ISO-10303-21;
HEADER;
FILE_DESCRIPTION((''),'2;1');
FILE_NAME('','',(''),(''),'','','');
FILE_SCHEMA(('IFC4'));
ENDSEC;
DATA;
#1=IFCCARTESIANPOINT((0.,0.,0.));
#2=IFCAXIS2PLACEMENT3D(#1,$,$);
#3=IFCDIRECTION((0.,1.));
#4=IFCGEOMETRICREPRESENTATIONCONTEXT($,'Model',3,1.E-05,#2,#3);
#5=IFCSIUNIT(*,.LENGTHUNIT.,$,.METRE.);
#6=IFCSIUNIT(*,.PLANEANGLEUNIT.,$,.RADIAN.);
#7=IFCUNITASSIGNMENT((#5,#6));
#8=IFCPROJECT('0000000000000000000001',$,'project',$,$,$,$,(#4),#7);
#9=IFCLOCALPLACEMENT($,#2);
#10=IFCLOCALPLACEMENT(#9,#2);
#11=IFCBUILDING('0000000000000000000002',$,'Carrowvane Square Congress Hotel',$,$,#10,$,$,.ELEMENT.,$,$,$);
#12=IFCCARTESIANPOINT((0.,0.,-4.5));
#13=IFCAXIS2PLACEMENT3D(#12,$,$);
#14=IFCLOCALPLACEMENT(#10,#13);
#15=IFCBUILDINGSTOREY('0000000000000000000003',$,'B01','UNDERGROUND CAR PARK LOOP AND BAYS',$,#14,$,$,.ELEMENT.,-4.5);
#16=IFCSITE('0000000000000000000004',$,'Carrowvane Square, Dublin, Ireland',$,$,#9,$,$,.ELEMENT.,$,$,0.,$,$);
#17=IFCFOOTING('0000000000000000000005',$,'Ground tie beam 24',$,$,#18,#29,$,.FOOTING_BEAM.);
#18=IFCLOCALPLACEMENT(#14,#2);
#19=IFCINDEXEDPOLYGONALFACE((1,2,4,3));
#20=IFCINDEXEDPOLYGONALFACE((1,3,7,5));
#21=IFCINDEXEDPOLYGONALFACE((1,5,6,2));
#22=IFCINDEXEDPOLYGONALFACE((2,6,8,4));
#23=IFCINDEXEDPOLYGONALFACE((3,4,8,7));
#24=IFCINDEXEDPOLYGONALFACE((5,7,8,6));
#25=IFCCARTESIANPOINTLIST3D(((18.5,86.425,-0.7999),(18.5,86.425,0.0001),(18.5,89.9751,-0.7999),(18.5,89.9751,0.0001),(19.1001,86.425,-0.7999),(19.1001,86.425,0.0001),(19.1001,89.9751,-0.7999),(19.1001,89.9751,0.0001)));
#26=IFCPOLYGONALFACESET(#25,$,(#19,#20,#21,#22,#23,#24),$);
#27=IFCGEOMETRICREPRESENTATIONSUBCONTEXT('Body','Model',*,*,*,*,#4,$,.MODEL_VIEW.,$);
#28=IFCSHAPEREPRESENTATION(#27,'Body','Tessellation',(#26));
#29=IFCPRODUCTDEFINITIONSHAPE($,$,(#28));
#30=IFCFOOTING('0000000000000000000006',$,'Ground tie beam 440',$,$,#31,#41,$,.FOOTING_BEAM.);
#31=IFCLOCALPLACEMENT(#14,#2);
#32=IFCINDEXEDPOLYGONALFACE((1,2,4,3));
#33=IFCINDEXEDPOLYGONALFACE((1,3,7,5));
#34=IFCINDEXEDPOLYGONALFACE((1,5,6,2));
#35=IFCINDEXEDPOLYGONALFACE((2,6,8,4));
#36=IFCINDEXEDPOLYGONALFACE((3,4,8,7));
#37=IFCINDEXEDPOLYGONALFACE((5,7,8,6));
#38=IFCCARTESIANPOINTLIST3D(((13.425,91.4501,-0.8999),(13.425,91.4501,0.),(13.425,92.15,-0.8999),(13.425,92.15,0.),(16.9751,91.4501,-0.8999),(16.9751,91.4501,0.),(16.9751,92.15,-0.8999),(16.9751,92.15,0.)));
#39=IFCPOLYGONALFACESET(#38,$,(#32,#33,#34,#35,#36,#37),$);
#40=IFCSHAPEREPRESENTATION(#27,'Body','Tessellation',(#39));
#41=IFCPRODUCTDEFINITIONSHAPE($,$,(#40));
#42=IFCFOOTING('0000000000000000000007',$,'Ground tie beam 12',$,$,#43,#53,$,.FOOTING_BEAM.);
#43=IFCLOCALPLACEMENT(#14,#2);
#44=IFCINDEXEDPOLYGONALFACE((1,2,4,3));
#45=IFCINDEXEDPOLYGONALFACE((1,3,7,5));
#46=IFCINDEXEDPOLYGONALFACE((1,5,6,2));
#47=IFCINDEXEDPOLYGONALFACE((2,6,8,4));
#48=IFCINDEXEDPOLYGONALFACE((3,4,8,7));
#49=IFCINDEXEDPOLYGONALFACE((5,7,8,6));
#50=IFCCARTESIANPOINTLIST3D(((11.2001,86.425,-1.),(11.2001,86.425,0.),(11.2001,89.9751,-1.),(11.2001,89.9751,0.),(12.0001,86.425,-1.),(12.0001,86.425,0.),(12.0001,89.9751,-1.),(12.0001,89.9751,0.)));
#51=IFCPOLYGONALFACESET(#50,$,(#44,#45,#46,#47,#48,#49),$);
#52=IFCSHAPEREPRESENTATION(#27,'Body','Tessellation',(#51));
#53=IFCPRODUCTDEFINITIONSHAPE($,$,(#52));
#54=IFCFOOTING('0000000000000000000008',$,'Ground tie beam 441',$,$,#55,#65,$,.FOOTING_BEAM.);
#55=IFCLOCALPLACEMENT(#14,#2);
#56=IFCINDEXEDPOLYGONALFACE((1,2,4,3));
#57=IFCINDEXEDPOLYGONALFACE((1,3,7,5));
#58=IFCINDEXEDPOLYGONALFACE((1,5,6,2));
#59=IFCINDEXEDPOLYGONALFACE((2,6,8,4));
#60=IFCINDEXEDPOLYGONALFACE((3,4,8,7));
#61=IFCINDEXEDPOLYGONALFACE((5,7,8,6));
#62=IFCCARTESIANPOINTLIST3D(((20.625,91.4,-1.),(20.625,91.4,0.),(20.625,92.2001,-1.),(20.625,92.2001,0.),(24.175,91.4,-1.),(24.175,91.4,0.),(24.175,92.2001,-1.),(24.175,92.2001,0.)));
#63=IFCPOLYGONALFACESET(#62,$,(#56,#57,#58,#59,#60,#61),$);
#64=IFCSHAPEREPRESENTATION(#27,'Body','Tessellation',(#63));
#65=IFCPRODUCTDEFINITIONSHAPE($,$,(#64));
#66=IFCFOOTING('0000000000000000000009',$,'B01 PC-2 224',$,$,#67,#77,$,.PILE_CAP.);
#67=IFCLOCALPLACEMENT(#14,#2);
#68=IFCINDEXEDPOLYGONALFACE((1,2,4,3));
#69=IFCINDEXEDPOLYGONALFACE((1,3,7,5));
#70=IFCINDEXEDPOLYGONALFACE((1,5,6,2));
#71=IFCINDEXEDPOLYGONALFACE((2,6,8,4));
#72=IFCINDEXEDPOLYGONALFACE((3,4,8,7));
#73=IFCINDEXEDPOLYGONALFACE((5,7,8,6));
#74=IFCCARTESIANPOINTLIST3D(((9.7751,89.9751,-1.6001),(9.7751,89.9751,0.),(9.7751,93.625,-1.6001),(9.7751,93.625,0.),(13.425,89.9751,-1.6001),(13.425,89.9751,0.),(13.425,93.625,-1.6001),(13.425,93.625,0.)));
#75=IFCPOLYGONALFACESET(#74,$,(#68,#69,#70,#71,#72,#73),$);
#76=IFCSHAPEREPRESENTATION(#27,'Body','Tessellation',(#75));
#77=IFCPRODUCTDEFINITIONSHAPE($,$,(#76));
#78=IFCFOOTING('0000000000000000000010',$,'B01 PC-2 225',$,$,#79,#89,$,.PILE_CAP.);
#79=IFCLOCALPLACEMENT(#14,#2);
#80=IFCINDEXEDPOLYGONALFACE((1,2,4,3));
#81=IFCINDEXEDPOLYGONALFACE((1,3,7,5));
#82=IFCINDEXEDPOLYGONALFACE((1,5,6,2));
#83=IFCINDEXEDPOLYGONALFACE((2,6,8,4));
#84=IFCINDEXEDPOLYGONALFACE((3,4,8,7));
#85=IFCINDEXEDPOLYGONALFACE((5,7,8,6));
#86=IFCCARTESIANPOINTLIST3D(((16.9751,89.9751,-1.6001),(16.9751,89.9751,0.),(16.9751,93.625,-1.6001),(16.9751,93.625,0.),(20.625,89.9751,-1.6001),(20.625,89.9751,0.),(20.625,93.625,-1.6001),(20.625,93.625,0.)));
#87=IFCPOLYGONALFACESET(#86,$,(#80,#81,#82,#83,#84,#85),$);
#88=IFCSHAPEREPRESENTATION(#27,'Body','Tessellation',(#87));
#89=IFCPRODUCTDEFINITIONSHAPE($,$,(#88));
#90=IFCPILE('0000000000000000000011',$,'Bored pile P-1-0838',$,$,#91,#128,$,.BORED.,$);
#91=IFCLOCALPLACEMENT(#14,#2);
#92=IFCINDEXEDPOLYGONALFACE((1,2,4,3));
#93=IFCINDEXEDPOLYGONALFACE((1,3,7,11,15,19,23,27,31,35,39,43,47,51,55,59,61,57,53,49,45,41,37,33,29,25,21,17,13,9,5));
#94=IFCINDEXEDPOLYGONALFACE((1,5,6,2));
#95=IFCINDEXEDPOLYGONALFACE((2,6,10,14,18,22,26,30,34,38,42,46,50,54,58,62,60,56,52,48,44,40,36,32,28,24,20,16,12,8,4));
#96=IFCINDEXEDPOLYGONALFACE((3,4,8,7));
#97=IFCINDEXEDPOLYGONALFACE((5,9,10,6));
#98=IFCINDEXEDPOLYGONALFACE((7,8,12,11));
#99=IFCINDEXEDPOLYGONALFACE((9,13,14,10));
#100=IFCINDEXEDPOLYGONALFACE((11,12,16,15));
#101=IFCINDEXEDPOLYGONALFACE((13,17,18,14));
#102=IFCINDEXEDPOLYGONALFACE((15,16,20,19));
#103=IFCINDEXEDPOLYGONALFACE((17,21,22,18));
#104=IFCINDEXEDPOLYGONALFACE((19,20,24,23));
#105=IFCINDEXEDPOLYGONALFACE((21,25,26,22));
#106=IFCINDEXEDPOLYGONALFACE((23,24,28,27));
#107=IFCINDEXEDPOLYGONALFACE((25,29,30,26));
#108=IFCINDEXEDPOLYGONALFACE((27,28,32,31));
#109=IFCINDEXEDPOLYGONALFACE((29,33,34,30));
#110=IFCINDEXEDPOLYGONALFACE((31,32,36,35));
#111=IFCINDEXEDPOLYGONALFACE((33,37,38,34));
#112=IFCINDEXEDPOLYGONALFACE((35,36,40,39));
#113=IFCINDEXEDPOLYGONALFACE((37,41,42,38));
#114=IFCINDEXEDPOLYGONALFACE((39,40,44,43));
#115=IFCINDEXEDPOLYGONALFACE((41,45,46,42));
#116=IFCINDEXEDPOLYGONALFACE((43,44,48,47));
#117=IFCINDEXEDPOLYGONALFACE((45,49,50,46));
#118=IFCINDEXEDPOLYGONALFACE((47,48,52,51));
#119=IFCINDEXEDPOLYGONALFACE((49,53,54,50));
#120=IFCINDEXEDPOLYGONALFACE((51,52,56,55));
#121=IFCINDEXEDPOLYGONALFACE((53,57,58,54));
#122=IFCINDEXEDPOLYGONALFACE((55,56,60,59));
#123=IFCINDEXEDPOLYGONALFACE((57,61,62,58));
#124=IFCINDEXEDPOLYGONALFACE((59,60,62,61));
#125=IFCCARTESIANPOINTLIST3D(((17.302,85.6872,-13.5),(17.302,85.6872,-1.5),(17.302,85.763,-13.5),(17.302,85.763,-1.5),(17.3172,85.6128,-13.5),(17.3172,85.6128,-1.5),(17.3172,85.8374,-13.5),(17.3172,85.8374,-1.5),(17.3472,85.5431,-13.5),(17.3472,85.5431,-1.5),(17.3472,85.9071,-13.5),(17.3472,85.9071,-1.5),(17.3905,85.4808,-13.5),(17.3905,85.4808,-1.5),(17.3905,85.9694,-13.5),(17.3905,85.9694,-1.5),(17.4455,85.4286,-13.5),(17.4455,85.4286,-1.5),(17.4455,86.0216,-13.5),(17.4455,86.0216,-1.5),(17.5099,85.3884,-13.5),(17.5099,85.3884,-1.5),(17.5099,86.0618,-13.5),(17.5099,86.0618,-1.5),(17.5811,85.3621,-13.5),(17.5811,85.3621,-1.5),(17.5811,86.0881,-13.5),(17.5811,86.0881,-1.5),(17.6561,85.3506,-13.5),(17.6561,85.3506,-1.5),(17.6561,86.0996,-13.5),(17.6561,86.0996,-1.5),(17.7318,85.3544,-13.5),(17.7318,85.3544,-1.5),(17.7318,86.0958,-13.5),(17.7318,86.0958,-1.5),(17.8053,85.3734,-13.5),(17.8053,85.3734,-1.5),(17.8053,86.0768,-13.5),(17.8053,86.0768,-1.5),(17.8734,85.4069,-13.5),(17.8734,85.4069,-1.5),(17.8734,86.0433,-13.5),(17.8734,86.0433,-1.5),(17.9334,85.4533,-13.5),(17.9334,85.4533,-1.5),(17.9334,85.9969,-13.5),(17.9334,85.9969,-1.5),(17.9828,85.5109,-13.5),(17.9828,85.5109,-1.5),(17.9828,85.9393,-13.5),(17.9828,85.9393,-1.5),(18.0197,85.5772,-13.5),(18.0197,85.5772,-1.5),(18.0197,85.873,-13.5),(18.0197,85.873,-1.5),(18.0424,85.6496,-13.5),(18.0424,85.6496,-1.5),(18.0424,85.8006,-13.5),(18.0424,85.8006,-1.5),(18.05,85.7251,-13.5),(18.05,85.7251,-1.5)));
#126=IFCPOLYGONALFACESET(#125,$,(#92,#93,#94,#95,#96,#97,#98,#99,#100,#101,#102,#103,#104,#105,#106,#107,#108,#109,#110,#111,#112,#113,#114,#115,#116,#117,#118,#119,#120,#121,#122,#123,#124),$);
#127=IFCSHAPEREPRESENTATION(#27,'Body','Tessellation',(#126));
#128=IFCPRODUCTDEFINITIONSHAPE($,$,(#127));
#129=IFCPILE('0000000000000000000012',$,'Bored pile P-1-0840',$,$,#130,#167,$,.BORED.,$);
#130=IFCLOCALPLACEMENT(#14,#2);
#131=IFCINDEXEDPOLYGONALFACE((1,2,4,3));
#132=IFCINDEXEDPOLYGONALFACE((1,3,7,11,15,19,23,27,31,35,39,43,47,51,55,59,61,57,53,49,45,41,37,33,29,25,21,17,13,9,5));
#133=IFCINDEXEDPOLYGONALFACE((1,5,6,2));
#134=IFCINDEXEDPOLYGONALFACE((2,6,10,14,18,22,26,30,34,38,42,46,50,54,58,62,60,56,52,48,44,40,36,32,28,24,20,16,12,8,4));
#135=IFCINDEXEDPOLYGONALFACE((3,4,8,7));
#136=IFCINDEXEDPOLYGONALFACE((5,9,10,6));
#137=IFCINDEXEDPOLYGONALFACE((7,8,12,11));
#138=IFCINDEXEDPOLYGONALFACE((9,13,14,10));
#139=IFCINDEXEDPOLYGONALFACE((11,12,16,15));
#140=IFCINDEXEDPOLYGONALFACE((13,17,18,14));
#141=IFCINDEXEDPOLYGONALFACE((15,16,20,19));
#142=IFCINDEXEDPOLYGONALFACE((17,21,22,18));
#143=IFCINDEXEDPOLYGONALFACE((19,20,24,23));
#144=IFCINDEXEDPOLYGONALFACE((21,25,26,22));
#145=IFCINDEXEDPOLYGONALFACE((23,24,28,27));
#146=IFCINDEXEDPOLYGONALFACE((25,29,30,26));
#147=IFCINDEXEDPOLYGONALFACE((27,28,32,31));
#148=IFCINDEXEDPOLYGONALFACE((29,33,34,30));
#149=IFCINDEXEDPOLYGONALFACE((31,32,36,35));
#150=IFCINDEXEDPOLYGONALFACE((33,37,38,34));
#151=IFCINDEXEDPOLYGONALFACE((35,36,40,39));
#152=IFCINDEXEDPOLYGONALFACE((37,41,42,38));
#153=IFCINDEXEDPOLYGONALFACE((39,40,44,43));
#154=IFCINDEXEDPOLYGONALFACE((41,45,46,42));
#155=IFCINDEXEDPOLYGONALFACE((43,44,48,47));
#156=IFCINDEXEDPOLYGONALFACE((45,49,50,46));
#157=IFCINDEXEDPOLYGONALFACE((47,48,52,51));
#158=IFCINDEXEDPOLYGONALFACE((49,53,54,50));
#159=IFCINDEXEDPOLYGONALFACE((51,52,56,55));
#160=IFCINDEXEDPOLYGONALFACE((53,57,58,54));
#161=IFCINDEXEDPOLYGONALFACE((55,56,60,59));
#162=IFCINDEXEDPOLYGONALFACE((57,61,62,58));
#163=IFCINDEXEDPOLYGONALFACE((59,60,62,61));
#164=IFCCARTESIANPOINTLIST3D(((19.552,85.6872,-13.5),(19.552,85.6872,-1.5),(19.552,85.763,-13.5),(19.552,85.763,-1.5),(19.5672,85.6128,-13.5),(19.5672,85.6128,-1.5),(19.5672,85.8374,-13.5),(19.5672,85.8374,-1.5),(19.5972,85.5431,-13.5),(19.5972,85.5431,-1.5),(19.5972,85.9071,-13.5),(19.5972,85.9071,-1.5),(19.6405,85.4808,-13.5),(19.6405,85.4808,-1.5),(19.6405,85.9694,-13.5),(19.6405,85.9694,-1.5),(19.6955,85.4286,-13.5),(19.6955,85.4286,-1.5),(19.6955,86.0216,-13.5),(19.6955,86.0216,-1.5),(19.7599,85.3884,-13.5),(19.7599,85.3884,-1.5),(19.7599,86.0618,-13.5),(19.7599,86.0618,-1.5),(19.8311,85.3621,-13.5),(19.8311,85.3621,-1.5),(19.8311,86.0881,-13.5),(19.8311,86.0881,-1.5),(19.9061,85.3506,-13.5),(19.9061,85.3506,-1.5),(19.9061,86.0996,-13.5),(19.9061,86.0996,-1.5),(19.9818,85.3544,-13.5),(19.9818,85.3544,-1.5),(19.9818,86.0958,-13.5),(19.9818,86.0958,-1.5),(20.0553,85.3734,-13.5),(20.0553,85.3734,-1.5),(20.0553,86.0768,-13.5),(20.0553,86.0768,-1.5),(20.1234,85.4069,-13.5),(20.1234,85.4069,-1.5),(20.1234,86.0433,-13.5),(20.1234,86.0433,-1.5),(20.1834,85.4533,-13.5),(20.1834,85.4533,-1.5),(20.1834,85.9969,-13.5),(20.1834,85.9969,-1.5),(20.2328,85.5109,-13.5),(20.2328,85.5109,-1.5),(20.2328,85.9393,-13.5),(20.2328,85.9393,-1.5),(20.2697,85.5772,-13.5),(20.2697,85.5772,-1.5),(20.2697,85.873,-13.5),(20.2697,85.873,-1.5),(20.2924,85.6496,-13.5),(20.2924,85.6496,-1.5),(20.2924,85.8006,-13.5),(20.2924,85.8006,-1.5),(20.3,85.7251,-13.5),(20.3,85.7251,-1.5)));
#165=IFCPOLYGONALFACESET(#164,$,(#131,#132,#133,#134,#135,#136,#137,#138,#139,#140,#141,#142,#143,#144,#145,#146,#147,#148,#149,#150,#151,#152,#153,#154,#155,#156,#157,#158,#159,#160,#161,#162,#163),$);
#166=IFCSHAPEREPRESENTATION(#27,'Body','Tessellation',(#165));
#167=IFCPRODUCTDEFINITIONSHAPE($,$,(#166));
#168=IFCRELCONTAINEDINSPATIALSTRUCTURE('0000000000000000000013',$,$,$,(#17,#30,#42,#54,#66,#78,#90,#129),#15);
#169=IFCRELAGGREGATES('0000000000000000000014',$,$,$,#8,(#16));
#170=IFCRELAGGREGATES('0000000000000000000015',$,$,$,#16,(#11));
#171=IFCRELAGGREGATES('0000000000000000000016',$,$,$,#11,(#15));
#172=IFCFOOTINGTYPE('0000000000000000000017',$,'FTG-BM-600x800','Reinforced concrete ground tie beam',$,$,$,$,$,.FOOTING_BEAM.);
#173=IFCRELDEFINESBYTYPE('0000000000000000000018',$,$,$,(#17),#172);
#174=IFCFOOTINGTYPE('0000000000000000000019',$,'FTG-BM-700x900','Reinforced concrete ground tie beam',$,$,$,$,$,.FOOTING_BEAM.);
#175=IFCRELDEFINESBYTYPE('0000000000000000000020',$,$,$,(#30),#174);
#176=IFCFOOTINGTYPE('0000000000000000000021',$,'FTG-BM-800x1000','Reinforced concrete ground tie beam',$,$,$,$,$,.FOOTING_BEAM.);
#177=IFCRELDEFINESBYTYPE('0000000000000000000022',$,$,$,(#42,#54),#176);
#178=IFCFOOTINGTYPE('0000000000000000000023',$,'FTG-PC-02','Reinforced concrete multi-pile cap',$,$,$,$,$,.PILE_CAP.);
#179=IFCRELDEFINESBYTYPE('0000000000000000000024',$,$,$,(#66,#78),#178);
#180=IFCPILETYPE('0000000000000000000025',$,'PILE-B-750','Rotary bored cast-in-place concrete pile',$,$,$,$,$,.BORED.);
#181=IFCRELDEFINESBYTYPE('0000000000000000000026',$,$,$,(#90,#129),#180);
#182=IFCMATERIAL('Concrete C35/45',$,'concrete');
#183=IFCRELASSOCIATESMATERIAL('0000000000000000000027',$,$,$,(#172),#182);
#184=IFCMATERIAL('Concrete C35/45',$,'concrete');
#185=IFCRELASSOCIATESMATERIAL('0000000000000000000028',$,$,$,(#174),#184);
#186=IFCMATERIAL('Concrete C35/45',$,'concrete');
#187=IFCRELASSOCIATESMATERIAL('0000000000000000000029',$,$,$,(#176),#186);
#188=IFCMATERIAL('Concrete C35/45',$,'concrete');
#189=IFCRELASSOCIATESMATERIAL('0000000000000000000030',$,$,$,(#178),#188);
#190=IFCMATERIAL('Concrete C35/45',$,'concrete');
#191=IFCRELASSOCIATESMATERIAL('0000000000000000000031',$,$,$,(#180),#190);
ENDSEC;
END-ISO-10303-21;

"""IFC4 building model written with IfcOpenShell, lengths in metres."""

from ifc_helpers import new_model, si_unit, direction, frame, origin, origin_2d, place, context, subcontext, project, spatial, rectangle, circle, extrude, material, material_profile, profile_set, type_object, element, save


model = new_model("IFC4")

# Units and contexts
model_context = context("Model", 3, precision=1e-05, world=origin(), true_north=direction((0.0, 1.0)))
body_context = subcontext(model_context, "Body", "Model", "MODEL_VIEW")
ifc_project = project(units=[si_unit("LENGTHUNIT", "METRE"), si_unit("PLANEANGLEUNIT", "RADIAN")], contexts=[model_context])

# Site, building, storey
site_placement = place(None, origin())
site = spatial("IfcSite", under=ifc_project, at=site_placement, Name="Carrowvane Square, Dublin, Ireland", CompositionType="ELEMENT", RefElevation=0.0)
building_placement = place(site_placement, origin())
building = spatial("IfcBuilding", under=site, at=building_placement, Name="Carrowvane Square Congress Hotel", CompositionType="ELEMENT")
storey_placement = place(building_placement, frame((0.0, 0.0, -4.5)))
storey = spatial("IfcBuildingStorey", under=building, at=storey_placement, Name="B01", Description="UNDERGROUND CAR PARK LOOP AND BAYS", CompositionType="ELEMENT", Elevation=-4.5)

# Footings
ifc_material_1 = material(Name="Concrete C35/45", Category="concrete")
ifc_material_profile_1 = material_profile(ifc_material_1, rectangle(XDim=0.6001, YDim=0.8, at=origin_2d()), Name="RC 600x800")
ifc_profile_set_1 = profile_set([ifc_material_profile_1], Name="Concrete C35/45")
footing_type_1 = type_object("IfcFootingType", Name="FTG-BM-600x800", Description="Reinforced concrete ground tie beam", PredefinedType="FOOTING_BEAM", material=ifc_profile_set_1)
footing_1_placement = place(storey_placement, frame((18.8, 86.425, -0.3999), z_axis=(0.0, 1.0, 0.0), x_axis=(-1.0, 0.0, 0.0)))
element("IfcFooting", 1, at=footing_1_placement, inside=storey, type_object=footing_type_1, Name="Ground tie beam 24", PredefinedType="FOOTING_BEAM", context=body_context, shape_type="SweptSolid", body=[
    extrude(rectangle(XDim=0.6001, YDim=0.8, at=origin_2d()), origin(), (0.0, 0.0, 1.0), 3.55),
])
ifc_material_2 = material(Name="Concrete C35/45", Category="concrete")
ifc_material_profile_2 = material_profile(ifc_material_2, rectangle(XDim=0.7, YDim=0.8999, at=origin_2d()), Name="RC 700x900")
ifc_profile_set_2 = profile_set([ifc_material_profile_2], Name="Concrete C35/45")
footing_type_2 = type_object("IfcFootingType", Name="FTG-BM-700x900", Description="Reinforced concrete ground tie beam", PredefinedType="FOOTING_BEAM", material=ifc_profile_set_2)
footing_2_placement = place(storey_placement, frame((13.425, 91.8, -0.45), z_axis=(1.0, 0.0, 0.0), x_axis=(0.0, 1.0, 0.0)))
element("IfcFooting", 2, at=footing_2_placement, inside=storey, type_object=footing_type_2, Name="Ground tie beam 440", PredefinedType="FOOTING_BEAM", context=body_context, shape_type="SweptSolid", body=[
    extrude(rectangle(XDim=0.7, YDim=0.8999, at=origin_2d()), origin(), (0.0, 0.0, 1.0), 3.55),
])
ifc_material_3 = material(Name="Concrete C35/45", Category="concrete")
ifc_material_profile_3 = material_profile(ifc_material_3, rectangle(XDim=0.8, YDim=1.0, at=origin_2d()), Name="RC 800x1000")
ifc_profile_set_3 = profile_set([ifc_material_profile_3], Name="Concrete C35/45")
footing_type_3 = type_object("IfcFootingType", Name="FTG-BM-800x1000", Description="Reinforced concrete ground tie beam", PredefinedType="FOOTING_BEAM", material=ifc_profile_set_3)
for number, where, z_axis, x_axis, name in (
    (3, (11.6001, 86.425, -0.5), (0.0, 1.0, 0.0), (-1.0, 0.0, 0.0), "Ground tie beam 12"),
    (4, (20.625, 91.8, -0.5), (1.0, 0.0, 0.0), (0.0, 1.0, 0.0), "Ground tie beam 441"),
):
    element("IfcFooting", number, at=place(storey_placement, frame(where, z_axis=z_axis, x_axis=x_axis)), inside=storey, type_object=footing_type_3, Name=name, PredefinedType="FOOTING_BEAM", context=body_context, shape_type="SweptSolid", body=[
        extrude(rectangle(XDim=0.8, YDim=1.0, at=origin_2d()), origin(), (0.0, 0.0, 1.0), 3.55),
    ])
ifc_material_4 = material(Name="Concrete C35/45", Category="concrete")
footing_type_4 = type_object("IfcFootingType", Name="FTG-PC-02", Description="Reinforced concrete multi-pile cap", PredefinedType="PILE_CAP", material=ifc_material_4)
for number, where, z_axis, x_axis, name in (
    (5, (11.6001, 91.8, -1.6001), (0.0, 0.0, 1.0), (1.0, 0.0, 0.0), "B01 PC-2 224"),
    (6, (18.8, 91.8, -1.6001), (0.0, 0.0, 1.0), (1.0, 0.0, 0.0), "B01 PC-2 225"),
):
    element("IfcFooting", number, at=place(storey_placement, frame(where, z_axis=z_axis, x_axis=x_axis)), inside=storey, type_object=footing_type_4, Name=name, PredefinedType="PILE_CAP", context=body_context, shape_type="SweptSolid", body=[
        extrude(rectangle(XDim=3.6499, YDim=3.6499, at=origin_2d()), origin(), (0.0, 0.0, 1.0), 1.6001),
    ])

# Piles
ifc_material_5 = material(Name="Concrete C35/45", Category="concrete")
ifc_material_profile_4 = material_profile(ifc_material_5, circle(Radius=0.375, at=origin_2d()), Name="PILE D750")
ifc_profile_set_4 = profile_set([ifc_material_profile_4], Name="Concrete C35/45")
pile_type = type_object("IfcPileType", Name="PILE-B-750", Description="Rotary bored cast-in-place concrete pile", PredefinedType="BORED", material=ifc_profile_set_4)
for number, where, z_axis, x_axis, name in (
    (7, (17.675, 85.7251, -1.5), (0.0, 0.0, -1.0), (1.0, 0.0, 0.0), "Bored pile P-1-0838"),
    (8, (19.925, 85.7251, -1.5), (0.0, 0.0, -1.0), (1.0, 0.0, 0.0), "Bored pile P-1-0840"),
):
    element("IfcPile", number, at=place(storey_placement, frame(where, z_axis=z_axis, x_axis=x_axis)), inside=storey, type_object=pile_type, Name=name, PredefinedType="BORED", context=body_context, shape_type="SweptSolid", body=[
        extrude(circle(Radius=0.375, at=origin_2d()), origin(), (0.0, 0.0, 1.0), 12.0),
    ])

save(model, "model.ifc")
